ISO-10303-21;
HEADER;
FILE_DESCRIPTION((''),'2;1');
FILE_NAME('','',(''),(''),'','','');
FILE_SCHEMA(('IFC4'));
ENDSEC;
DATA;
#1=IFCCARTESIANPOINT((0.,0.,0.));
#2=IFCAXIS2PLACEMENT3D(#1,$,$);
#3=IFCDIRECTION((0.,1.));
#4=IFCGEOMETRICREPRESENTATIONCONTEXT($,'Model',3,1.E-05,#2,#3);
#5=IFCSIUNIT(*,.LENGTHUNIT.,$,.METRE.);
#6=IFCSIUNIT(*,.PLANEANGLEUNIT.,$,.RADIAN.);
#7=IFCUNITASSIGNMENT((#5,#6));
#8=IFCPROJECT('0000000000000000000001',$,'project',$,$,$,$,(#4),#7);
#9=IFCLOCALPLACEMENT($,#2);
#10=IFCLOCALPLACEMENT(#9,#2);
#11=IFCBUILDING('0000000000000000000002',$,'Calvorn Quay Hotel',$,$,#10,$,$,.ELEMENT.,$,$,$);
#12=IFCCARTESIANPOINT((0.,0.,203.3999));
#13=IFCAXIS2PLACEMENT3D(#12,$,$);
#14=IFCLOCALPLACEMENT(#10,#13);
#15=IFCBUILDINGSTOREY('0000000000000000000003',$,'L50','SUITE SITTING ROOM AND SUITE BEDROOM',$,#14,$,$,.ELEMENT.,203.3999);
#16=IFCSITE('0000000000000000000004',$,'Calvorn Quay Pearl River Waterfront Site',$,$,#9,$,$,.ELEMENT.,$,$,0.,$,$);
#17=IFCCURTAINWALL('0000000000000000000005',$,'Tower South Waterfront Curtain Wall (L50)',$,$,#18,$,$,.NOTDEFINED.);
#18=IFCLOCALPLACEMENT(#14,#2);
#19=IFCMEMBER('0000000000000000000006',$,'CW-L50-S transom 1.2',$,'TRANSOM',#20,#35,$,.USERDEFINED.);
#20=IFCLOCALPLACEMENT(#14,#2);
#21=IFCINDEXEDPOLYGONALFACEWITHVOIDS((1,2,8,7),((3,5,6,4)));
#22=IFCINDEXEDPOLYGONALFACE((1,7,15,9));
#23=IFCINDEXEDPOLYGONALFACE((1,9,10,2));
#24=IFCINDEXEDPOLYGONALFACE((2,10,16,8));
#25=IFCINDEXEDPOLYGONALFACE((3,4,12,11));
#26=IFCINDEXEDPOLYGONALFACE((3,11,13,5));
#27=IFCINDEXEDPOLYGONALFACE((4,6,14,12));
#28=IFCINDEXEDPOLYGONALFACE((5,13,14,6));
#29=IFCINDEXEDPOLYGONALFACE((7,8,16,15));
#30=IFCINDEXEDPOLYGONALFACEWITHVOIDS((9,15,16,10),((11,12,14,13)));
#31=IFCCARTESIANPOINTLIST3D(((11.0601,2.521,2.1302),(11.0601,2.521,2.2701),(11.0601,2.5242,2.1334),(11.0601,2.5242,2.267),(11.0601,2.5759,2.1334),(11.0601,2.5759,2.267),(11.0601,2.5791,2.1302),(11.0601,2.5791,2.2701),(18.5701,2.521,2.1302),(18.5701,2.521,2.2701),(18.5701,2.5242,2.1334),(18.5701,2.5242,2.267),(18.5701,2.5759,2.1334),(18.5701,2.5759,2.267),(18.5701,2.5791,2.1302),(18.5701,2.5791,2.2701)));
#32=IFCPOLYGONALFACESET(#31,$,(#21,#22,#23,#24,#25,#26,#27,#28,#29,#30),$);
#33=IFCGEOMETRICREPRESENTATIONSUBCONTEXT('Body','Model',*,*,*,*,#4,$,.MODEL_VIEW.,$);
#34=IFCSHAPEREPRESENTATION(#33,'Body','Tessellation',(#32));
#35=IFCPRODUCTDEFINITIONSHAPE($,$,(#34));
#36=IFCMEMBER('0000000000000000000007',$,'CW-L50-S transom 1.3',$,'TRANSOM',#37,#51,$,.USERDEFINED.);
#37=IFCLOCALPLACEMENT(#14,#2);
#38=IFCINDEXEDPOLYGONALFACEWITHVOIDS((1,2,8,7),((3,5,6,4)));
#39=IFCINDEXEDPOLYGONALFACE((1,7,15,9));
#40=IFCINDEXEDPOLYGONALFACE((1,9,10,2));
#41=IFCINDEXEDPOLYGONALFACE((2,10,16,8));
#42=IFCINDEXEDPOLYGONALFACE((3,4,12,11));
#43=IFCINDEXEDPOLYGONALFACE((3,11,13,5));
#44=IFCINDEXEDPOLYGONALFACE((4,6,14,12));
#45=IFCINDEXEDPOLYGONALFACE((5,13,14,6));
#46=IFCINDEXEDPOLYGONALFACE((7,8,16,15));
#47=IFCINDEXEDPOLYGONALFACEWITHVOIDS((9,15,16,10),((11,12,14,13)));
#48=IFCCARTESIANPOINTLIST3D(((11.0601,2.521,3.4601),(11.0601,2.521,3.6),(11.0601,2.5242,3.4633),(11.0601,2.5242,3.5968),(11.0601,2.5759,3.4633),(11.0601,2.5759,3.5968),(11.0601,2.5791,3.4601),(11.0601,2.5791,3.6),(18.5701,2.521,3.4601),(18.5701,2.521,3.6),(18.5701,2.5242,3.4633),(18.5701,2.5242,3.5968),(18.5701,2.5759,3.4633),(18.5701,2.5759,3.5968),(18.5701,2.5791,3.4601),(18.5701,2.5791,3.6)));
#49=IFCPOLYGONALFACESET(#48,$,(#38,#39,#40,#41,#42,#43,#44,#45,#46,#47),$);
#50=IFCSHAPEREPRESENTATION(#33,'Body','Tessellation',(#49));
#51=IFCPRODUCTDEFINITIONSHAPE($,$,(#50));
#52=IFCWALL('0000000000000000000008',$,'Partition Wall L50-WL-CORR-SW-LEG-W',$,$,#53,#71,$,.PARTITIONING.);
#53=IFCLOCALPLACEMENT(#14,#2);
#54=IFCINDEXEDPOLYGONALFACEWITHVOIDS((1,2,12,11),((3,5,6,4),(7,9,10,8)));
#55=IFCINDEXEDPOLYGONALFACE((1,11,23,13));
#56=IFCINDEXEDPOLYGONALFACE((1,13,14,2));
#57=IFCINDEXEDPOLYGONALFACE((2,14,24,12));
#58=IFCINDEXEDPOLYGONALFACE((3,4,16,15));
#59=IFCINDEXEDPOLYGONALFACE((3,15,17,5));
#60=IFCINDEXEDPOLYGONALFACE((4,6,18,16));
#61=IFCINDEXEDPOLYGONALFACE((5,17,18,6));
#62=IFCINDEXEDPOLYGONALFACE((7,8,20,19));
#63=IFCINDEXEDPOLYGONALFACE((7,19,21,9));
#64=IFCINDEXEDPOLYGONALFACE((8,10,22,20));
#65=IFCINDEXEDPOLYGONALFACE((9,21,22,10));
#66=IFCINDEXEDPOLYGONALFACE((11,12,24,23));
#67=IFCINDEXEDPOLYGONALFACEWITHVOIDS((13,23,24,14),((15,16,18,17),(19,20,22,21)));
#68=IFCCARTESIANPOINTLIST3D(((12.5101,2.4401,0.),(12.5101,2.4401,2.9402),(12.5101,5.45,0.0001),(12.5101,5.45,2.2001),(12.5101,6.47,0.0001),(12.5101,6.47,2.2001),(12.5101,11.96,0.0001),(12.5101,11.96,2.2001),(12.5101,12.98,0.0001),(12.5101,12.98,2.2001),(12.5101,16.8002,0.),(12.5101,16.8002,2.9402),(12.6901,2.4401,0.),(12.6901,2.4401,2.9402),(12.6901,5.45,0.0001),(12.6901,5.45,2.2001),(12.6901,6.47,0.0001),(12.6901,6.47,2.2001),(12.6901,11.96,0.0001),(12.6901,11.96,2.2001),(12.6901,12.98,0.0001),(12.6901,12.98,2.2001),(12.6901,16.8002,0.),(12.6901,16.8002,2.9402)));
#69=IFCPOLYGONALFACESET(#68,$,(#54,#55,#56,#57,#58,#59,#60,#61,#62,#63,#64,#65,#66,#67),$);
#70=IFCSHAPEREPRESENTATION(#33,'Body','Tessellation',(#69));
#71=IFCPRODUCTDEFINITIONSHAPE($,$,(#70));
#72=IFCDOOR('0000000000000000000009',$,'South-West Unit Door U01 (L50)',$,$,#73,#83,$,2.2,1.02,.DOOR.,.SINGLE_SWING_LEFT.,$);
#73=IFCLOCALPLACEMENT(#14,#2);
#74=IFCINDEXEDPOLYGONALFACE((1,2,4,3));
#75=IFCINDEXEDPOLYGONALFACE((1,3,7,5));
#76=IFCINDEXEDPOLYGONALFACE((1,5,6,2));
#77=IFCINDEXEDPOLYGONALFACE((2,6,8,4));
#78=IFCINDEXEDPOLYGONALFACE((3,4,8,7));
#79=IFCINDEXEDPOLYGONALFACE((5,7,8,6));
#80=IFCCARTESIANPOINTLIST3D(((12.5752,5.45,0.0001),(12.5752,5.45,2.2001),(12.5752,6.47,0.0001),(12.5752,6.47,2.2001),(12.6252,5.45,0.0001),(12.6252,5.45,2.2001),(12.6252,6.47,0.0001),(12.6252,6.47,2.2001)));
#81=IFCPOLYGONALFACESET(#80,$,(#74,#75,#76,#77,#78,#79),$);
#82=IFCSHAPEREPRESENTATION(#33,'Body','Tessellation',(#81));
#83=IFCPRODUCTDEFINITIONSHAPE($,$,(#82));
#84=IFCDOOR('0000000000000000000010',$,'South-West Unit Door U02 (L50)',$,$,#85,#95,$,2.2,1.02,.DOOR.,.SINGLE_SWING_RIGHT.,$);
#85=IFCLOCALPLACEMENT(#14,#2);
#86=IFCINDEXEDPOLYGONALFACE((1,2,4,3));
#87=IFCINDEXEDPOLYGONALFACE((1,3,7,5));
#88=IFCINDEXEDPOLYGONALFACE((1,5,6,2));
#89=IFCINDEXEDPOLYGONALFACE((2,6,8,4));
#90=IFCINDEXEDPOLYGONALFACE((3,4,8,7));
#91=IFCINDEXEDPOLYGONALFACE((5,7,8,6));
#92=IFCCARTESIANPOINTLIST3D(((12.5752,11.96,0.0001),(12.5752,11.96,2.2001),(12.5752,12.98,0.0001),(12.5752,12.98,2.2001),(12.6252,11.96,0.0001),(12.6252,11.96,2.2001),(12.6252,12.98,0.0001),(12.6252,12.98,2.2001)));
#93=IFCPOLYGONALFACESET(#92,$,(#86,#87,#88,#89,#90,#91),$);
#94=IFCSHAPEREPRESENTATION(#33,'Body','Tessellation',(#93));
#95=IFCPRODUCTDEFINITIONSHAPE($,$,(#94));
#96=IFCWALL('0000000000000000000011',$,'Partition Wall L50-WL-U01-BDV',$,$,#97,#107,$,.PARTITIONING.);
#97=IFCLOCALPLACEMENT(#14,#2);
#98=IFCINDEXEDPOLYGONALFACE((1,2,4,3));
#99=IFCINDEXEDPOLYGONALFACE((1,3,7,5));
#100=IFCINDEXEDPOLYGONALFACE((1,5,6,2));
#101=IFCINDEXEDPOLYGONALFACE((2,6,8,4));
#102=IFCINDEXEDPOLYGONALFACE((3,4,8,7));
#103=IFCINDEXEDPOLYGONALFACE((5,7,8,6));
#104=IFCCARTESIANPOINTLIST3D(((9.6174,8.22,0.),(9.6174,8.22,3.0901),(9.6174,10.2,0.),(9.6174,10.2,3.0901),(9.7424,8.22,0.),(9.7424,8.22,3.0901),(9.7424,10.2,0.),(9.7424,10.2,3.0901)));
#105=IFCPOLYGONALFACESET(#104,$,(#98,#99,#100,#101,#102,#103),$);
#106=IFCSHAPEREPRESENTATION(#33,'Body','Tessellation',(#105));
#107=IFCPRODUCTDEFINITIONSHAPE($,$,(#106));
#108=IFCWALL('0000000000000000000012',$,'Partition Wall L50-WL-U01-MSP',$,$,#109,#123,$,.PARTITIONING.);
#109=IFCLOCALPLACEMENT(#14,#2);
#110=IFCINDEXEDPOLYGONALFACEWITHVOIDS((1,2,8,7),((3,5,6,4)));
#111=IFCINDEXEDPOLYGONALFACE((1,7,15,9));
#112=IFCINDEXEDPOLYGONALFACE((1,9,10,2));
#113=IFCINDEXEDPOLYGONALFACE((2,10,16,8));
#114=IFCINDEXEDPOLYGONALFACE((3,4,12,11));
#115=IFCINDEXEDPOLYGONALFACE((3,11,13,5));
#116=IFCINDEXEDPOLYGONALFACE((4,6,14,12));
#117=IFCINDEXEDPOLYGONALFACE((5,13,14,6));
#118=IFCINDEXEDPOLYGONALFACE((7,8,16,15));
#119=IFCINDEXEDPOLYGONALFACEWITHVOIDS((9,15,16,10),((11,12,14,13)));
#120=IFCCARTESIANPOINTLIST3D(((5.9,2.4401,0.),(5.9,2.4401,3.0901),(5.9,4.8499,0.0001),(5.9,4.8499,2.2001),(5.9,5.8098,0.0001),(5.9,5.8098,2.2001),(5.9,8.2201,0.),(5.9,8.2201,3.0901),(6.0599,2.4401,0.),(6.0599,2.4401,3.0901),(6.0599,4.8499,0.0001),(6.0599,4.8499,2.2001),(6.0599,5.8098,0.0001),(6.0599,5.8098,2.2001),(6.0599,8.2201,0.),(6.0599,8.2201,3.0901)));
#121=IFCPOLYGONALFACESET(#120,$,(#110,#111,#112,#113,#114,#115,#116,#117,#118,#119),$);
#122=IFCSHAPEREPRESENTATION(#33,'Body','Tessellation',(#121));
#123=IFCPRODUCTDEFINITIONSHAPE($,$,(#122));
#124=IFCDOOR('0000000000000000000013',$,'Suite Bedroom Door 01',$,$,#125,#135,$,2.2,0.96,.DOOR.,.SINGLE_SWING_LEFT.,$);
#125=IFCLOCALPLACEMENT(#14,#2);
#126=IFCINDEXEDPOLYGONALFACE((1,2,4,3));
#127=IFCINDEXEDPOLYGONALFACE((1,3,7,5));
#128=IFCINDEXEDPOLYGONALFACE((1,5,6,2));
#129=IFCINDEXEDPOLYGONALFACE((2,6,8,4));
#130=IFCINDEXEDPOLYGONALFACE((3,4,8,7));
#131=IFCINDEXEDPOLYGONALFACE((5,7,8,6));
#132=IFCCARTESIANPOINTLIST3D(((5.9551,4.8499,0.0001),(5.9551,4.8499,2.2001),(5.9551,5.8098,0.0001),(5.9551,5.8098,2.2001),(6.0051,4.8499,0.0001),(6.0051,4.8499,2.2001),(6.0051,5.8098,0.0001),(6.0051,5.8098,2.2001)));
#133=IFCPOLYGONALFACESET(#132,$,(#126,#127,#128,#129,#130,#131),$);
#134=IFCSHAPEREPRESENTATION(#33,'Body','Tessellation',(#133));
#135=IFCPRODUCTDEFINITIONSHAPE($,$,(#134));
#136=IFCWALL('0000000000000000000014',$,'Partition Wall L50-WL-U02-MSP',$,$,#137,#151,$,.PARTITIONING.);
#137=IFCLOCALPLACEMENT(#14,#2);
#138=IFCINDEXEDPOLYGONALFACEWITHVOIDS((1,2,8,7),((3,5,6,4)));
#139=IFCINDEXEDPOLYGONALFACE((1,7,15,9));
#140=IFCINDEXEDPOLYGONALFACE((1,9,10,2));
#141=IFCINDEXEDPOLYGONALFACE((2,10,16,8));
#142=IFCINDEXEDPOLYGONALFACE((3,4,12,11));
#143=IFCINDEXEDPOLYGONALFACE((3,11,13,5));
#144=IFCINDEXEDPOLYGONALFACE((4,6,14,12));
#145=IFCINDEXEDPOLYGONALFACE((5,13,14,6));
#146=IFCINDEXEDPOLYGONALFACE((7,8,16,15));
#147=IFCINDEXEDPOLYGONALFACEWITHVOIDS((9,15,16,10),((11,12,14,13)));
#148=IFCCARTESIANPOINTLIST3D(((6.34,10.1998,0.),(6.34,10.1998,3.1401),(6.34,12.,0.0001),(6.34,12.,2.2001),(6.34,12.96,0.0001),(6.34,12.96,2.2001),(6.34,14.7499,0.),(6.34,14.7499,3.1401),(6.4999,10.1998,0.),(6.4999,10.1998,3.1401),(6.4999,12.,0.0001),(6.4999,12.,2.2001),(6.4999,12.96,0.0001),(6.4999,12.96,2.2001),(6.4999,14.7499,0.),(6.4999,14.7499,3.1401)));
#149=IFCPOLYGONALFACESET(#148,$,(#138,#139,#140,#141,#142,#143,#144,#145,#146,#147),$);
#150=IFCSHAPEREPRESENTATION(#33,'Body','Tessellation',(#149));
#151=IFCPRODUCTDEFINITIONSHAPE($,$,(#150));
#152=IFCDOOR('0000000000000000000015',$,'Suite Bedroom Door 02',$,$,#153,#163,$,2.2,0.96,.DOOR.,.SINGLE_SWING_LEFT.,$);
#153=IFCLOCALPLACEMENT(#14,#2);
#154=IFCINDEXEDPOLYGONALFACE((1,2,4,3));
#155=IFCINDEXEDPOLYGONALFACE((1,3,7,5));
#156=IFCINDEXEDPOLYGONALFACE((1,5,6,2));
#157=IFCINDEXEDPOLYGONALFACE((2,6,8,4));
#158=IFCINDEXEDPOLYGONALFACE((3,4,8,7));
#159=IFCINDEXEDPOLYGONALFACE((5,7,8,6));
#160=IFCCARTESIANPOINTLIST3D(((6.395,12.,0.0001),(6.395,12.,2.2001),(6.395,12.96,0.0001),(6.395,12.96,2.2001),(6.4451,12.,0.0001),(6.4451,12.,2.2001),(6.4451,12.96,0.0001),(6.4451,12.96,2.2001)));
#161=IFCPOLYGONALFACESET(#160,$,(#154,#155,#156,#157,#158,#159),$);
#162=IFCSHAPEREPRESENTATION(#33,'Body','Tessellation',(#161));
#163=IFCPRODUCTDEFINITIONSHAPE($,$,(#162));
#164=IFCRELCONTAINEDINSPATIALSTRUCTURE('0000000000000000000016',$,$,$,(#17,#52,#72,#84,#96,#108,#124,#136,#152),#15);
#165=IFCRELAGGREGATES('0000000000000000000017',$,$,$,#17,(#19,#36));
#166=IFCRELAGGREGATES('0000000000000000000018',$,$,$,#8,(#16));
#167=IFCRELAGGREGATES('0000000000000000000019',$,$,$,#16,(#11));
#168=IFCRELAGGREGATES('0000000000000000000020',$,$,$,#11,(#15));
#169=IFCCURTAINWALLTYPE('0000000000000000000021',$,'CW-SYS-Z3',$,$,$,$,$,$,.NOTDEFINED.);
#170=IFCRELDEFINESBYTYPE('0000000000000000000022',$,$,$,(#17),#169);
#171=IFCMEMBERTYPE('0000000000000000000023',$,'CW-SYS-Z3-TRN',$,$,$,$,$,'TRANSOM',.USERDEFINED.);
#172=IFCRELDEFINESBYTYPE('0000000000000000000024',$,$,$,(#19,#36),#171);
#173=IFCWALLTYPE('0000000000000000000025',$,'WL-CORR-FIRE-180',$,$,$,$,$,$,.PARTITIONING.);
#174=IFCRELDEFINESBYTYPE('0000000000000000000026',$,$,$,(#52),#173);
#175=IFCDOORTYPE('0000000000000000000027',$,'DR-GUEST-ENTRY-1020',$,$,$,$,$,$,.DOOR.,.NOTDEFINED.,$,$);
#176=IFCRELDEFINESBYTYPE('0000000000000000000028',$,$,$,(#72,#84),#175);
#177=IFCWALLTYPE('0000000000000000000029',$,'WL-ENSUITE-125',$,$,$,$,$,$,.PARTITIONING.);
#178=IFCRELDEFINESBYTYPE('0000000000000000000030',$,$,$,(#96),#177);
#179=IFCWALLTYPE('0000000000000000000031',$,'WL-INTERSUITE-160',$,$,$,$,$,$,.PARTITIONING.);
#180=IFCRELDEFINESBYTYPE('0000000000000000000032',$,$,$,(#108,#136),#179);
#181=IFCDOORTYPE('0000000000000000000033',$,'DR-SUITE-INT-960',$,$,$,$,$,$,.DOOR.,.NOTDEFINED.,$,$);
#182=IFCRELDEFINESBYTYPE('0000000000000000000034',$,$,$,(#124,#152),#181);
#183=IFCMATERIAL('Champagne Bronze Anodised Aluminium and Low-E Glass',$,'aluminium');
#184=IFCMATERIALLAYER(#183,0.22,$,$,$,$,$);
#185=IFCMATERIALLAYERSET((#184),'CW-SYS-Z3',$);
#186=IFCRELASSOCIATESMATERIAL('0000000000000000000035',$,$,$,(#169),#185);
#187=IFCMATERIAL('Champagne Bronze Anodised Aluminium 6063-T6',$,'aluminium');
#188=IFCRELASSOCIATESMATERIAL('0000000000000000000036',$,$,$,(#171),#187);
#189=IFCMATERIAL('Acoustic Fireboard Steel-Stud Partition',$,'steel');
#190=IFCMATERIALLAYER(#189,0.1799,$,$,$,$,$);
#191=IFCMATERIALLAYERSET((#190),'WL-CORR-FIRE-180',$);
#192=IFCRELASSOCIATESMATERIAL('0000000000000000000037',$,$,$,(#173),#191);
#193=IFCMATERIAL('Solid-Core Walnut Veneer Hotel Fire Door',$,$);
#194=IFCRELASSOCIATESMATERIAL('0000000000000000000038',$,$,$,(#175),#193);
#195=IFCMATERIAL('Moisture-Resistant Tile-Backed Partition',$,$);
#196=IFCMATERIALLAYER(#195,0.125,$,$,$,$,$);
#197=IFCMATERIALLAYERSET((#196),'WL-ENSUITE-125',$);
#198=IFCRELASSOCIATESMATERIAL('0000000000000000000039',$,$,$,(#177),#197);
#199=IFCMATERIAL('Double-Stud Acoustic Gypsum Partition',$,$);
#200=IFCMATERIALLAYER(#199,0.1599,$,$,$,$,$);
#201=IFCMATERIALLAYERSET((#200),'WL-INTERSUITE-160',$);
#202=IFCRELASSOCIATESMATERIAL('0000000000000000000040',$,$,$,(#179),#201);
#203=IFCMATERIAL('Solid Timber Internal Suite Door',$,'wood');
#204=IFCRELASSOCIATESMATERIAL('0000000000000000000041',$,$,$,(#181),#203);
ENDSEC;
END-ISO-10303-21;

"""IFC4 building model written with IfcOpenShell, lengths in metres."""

from ifc_helpers import new_model, si_unit, direction, frame, frame_2d, origin, origin_2d, place, context, subcontext, project, spatial, rectangle, hollow_rectangle, extrude, material, layer, layer_set, material_profile, profile_set, type_object, element, fill, aggregate, save


model = new_model("IFC4")

# Units and contexts
model_context = context("Model", 3, precision=1e-05, world=origin(), true_north=direction((0.0, 1.0)))
body_context = subcontext(model_context, "Body", "Model", "MODEL_VIEW")
ifc_project = project(units=[si_unit("LENGTHUNIT", "METRE"), si_unit("PLANEANGLEUNIT", "RADIAN")], contexts=[model_context])

# Site, building, storey
site_placement = place(None, origin())
site = spatial("IfcSite", under=ifc_project, at=site_placement, Name="Calvorn Quay Pearl River Waterfront Site", CompositionType="ELEMENT", RefElevation=0.0)
building_placement = place(site_placement, origin())
building = spatial("IfcBuilding", under=site, at=building_placement, Name="Calvorn Quay Hotel", CompositionType="ELEMENT")
storey_placement = place(building_placement, frame((0.0, 0.0, 203.3999)))
storey = spatial("IfcBuildingStorey", under=building, at=storey_placement, Name="L50", Description="SUITE SITTING ROOM AND SUITE BEDROOM", CompositionType="ELEMENT", Elevation=203.3999)

# Curtain wall, members
ifc_material_1 = material(Name="Champagne Bronze Anodised Aluminium and Low-E Glass", Category="aluminium")
ifc_layer_1 = layer(ifc_material_1, 0.22)
ifc_layer_set_1 = layer_set([ifc_layer_1], Name="CW-SYS-Z3")
curtain_wall_type = type_object("IfcCurtainWallType", Name="CW-SYS-Z3", PredefinedType="NOTDEFINED", material=ifc_layer_set_1)
curtain_wall_placement = place(storey_placement, origin())
curtain_wall = element("IfcCurtainWall", 1, at=curtain_wall_placement, inside=storey, type_object=curtain_wall_type, Name="Tower South Waterfront Curtain Wall (L50)", PredefinedType="NOTDEFINED")
ifc_material_2 = material(Name="Champagne Bronze Anodised Aluminium 6063-T6", Category="aluminium")
ifc_material_profile_1 = material_profile(ifc_material_2, hollow_rectangle(XDim=0.0581, YDim=0.1399, WallThickness=0.0032, at=origin_2d()), Name="ALU-T140x58x3.2")
ifc_profile_set_1 = profile_set([ifc_material_profile_1], Name="Champagne Bronze Anodised Aluminium 6063-T6")
member_type_1 = type_object("IfcMemberType", Name="CW-SYS-Z3-TRN", ElementType="TRANSOM", PredefinedType="USERDEFINED", material=ifc_profile_set_1)
member_1_placement = place(storey_placement, frame((11.0601, 2.55, 2.2002), z_axis=(1.0, 0.0, 0.0), x_axis=(0.0, 1.0, 0.0)))
member_1 = element("IfcMember", 2, at=member_1_placement, type_object=member_type_1, Name="CW-L50-S transom 1.2", ObjectType="TRANSOM", PredefinedType="USERDEFINED", context=body_context, shape_type="SweptSolid", body=[
    extrude(hollow_rectangle(XDim=0.0581, YDim=0.1399, WallThickness=0.0032, at=origin_2d()), origin(), (0.0, 0.0, 1.0), 7.51),
])
member_2_placement = place(storey_placement, frame((11.0601, 2.55, 3.53), z_axis=(1.0, 0.0, 0.0), x_axis=(0.0, 1.0, 0.0)))
member_2 = element("IfcMember", 3, at=member_2_placement, type_object=member_type_1, Name="CW-L50-S transom 1.3", ObjectType="TRANSOM", PredefinedType="USERDEFINED", context=body_context, shape_type="SweptSolid", body=[
    extrude(hollow_rectangle(XDim=0.0581, YDim=0.1399, WallThickness=0.0032, at=origin_2d()), origin(), (0.0, 0.0, 1.0), 7.51),
])
aggregate(curtain_wall, [member_1, member_2])

# Wall, openings, doors
ifc_material_3 = material(Name="Acoustic Fireboard Steel-Stud Partition", Category="steel")
ifc_layer_2 = layer(ifc_material_3, 0.1799)
ifc_layer_set_2 = layer_set([ifc_layer_2], Name="WL-CORR-FIRE-180")
wall_type_1 = type_object("IfcWallType", Name="WL-CORR-FIRE-180", PredefinedType="PARTITIONING", material=ifc_layer_set_2)
wall_1_placement = place(storey_placement, frame((12.6001, 2.4399, 0.0), z_axis=(0.0, 0.0, 1.0), x_axis=(0.0, 1.0, 0.0)))
wall_1 = element("IfcWall", 4, at=wall_1_placement, inside=storey, type_object=wall_type_1, Name="Partition Wall L50-WL-CORR-SW-LEG-W", PredefinedType="PARTITIONING", context=body_context, shape_type="SweptSolid", body=[
    extrude(rectangle(XDim=14.3601, YDim=0.1799, at=frame_2d((7.1802, 0.0))), origin(), (0.0, 0.0, 1.0), 2.9402),
])
opening_1_placement = place(wall_1_placement, frame((3.01, 0.0, 0.0)))
opening_1 = element("IfcOpeningElement", 5, at=opening_1_placement, cuts=wall_1, PredefinedType="OPENING", context=body_context, shape_type="SweptSolid", body=[
    extrude(rectangle(XDim=1.02, YDim=2.2, at=frame_2d((0.51, 1.1001))), frame((0.0, 0.0999, 0.0), z_axis=(0.0, -1.0, 0.0), x_axis=(1.0, 0.0, 0.0)), (0.0, 0.0, 1.0), 0.2),
])
opening_2_placement = place(wall_1_placement, frame((9.52, 0.0, 0.0)))
opening_2 = element("IfcOpeningElement", 6, at=opening_2_placement, cuts=wall_1, PredefinedType="OPENING", context=body_context, shape_type="SweptSolid", body=[
    extrude(rectangle(XDim=1.02, YDim=2.2, at=frame_2d((0.51, 1.1001))), frame((0.0, 0.0999, 0.0), z_axis=(0.0, -1.0, 0.0), x_axis=(1.0, 0.0, 0.0)), (0.0, 0.0, 1.0), 0.2),
])
ifc_material_4 = material(Name="Solid-Core Walnut Veneer Hotel Fire Door")
door_type_1 = type_object("IfcDoorType", Name="DR-GUEST-ENTRY-1020", OperationType="NOTDEFINED", PredefinedType="DOOR", material=ifc_material_4)
door_1_placement = place(opening_1_placement, origin())
door_1 = element("IfcDoor", 7, at=door_1_placement, inside=storey, type_object=door_type_1, Name="South-West Unit Door U01 (L50)", OperationType="SINGLE_SWING_LEFT", OverallHeight=2.2, OverallWidth=1.02, PredefinedType="DOOR", context=body_context, shape_type="SweptSolid", body=[
    extrude(rectangle(XDim=1.02, YDim=2.2, at=frame_2d((0.51, 1.1001))), frame((0.0, 0.0249, 0.0), z_axis=(0.0, -1.0, 0.0), x_axis=(1.0, 0.0, 0.0)), (0.0, 0.0, 1.0), 0.05),
])
fill(opening_1, door_1)
door_2_placement = place(opening_2_placement, origin())
door_2 = element("IfcDoor", 8, at=door_2_placement, inside=storey, type_object=door_type_1, Name="South-West Unit Door U02 (L50)", OperationType="SINGLE_SWING_RIGHT", OverallHeight=2.2, OverallWidth=1.02, PredefinedType="DOOR", context=body_context, shape_type="SweptSolid", body=[
    extrude(rectangle(XDim=1.02, YDim=2.2, at=frame_2d((0.51, 1.1001))), frame((0.0, 0.0249, 0.0), z_axis=(0.0, -1.0, 0.0), x_axis=(1.0, 0.0, 0.0)), (0.0, 0.0, 1.0), 0.05),
])
fill(opening_2, door_2)

# Wall
ifc_material_5 = material(Name="Moisture-Resistant Tile-Backed Partition")
ifc_layer_3 = layer(ifc_material_5, 0.125)
ifc_layer_set_3 = layer_set([ifc_layer_3], Name="WL-ENSUITE-125")
wall_type_2 = type_object("IfcWallType", Name="WL-ENSUITE-125", PredefinedType="PARTITIONING", material=ifc_layer_set_3)
wall_2_placement = place(storey_placement, frame((9.6799, 8.22, 0.0), z_axis=(0.0, 0.0, 1.0), x_axis=(0.0, 1.0, 0.0)))
element("IfcWall", 9, at=wall_2_placement, inside=storey, type_object=wall_type_2, Name="Partition Wall L50-WL-U01-BDV", PredefinedType="PARTITIONING", context=body_context, shape_type="SweptSolid", body=[
    extrude(rectangle(XDim=1.98, YDim=0.125, at=frame_2d((0.99, 0.0))), origin(), (0.0, 0.0, 1.0), 3.0901),
])

# Walls, openings, doors
ifc_material_6 = material(Name="Double-Stud Acoustic Gypsum Partition")
ifc_layer_4 = layer(ifc_material_6, 0.1599)
ifc_layer_set_4 = layer_set([ifc_layer_4], Name="WL-INTERSUITE-160")
wall_type_3 = type_object("IfcWallType", Name="WL-INTERSUITE-160", PredefinedType="PARTITIONING", material=ifc_layer_set_4)
wall_3_placement = place(storey_placement, frame((5.98, 2.4399, 0.0), z_axis=(0.0, 0.0, 1.0), x_axis=(0.0, 1.0, 0.0)))
wall_3 = element("IfcWall", 10, at=wall_3_placement, inside=storey, type_object=wall_type_3, Name="Partition Wall L50-WL-U01-MSP", PredefinedType="PARTITIONING", context=body_context, shape_type="SweptSolid", body=[
    extrude(rectangle(XDim=5.78, YDim=0.1599, at=frame_2d((2.8901, 0.0))), origin(), (0.0, 0.0, 1.0), 3.0901),
])
opening_3_placement = place(wall_3_placement, frame((2.4099, 0.0, 0.0)))
opening_3 = element("IfcOpeningElement", 11, at=opening_3_placement, cuts=wall_3, PredefinedType="OPENING", context=body_context, shape_type="SweptSolid", body=[
    extrude(rectangle(XDim=0.96, YDim=2.2, at=frame_2d((0.48, 1.1001))), frame((0.0, 0.0898, 0.0), z_axis=(0.0, -1.0, 0.0), x_axis=(1.0, 0.0, 0.0)), (0.0, 0.0, 1.0), 0.1799),
])
ifc_material_7 = material(Name="Solid Timber Internal Suite Door", Category="wood")
door_type_2 = type_object("IfcDoorType", Name="DR-SUITE-INT-960", OperationType="NOTDEFINED", PredefinedType="DOOR", material=ifc_material_7)
door_3_placement = place(opening_3_placement, origin())
door_3 = element("IfcDoor", 12, at=door_3_placement, inside=storey, type_object=door_type_2, Name="Suite Bedroom Door 01", OperationType="SINGLE_SWING_LEFT", OverallHeight=2.2, OverallWidth=0.96, PredefinedType="DOOR", context=body_context, shape_type="SweptSolid", body=[
    extrude(rectangle(XDim=0.96, YDim=2.2, at=frame_2d((0.48, 1.1001))), frame((0.0, 0.0249, 0.0), z_axis=(0.0, -1.0, 0.0), x_axis=(1.0, 0.0, 0.0)), (0.0, 0.0, 1.0), 0.05),
])
fill(opening_3, door_3)
wall_4_placement = place(storey_placement, frame((6.4199, 10.2, 0.0), z_axis=(0.0, 0.0, 1.0), x_axis=(0.0, 1.0, 0.0)))
wall_4 = element("IfcWall", 13, at=wall_4_placement, inside=storey, type_object=wall_type_3, Name="Partition Wall L50-WL-U02-MSP", PredefinedType="PARTITIONING", context=body_context, shape_type="SweptSolid", body=[
    extrude(rectangle(XDim=4.55, YDim=0.1599, at=frame_2d((2.2749, 0.0))), origin(), (0.0, 0.0, 1.0), 3.1401),
])
opening_4_placement = place(wall_4_placement, frame((1.8, 0.0, 0.0)))
opening_4 = element("IfcOpeningElement", 14, at=opening_4_placement, cuts=wall_4, PredefinedType="OPENING", context=body_context, shape_type="SweptSolid", body=[
    extrude(rectangle(XDim=0.96, YDim=2.2, at=frame_2d((0.48, 1.1001))), frame((0.0, 0.0898, 0.0), z_axis=(0.0, -1.0, 0.0), x_axis=(1.0, 0.0, 0.0)), (0.0, 0.0, 1.0), 0.1799),
])
door_4_placement = place(opening_4_placement, origin())
door_4 = element("IfcDoor", 15, at=door_4_placement, inside=storey, type_object=door_type_2, Name="Suite Bedroom Door 02", OperationType="SINGLE_SWING_LEFT", OverallHeight=2.2, OverallWidth=0.96, PredefinedType="DOOR", context=body_context, shape_type="SweptSolid", body=[
    extrude(rectangle(XDim=0.96, YDim=2.2, at=frame_2d((0.48, 1.1001))), frame((0.0, 0.0249, 0.0), z_axis=(0.0, -1.0, 0.0), x_axis=(1.0, 0.0, 0.0)), (0.0, 0.0, 1.0), 0.05),
])
fill(opening_4, door_4)

save(model, "model.ifc")
